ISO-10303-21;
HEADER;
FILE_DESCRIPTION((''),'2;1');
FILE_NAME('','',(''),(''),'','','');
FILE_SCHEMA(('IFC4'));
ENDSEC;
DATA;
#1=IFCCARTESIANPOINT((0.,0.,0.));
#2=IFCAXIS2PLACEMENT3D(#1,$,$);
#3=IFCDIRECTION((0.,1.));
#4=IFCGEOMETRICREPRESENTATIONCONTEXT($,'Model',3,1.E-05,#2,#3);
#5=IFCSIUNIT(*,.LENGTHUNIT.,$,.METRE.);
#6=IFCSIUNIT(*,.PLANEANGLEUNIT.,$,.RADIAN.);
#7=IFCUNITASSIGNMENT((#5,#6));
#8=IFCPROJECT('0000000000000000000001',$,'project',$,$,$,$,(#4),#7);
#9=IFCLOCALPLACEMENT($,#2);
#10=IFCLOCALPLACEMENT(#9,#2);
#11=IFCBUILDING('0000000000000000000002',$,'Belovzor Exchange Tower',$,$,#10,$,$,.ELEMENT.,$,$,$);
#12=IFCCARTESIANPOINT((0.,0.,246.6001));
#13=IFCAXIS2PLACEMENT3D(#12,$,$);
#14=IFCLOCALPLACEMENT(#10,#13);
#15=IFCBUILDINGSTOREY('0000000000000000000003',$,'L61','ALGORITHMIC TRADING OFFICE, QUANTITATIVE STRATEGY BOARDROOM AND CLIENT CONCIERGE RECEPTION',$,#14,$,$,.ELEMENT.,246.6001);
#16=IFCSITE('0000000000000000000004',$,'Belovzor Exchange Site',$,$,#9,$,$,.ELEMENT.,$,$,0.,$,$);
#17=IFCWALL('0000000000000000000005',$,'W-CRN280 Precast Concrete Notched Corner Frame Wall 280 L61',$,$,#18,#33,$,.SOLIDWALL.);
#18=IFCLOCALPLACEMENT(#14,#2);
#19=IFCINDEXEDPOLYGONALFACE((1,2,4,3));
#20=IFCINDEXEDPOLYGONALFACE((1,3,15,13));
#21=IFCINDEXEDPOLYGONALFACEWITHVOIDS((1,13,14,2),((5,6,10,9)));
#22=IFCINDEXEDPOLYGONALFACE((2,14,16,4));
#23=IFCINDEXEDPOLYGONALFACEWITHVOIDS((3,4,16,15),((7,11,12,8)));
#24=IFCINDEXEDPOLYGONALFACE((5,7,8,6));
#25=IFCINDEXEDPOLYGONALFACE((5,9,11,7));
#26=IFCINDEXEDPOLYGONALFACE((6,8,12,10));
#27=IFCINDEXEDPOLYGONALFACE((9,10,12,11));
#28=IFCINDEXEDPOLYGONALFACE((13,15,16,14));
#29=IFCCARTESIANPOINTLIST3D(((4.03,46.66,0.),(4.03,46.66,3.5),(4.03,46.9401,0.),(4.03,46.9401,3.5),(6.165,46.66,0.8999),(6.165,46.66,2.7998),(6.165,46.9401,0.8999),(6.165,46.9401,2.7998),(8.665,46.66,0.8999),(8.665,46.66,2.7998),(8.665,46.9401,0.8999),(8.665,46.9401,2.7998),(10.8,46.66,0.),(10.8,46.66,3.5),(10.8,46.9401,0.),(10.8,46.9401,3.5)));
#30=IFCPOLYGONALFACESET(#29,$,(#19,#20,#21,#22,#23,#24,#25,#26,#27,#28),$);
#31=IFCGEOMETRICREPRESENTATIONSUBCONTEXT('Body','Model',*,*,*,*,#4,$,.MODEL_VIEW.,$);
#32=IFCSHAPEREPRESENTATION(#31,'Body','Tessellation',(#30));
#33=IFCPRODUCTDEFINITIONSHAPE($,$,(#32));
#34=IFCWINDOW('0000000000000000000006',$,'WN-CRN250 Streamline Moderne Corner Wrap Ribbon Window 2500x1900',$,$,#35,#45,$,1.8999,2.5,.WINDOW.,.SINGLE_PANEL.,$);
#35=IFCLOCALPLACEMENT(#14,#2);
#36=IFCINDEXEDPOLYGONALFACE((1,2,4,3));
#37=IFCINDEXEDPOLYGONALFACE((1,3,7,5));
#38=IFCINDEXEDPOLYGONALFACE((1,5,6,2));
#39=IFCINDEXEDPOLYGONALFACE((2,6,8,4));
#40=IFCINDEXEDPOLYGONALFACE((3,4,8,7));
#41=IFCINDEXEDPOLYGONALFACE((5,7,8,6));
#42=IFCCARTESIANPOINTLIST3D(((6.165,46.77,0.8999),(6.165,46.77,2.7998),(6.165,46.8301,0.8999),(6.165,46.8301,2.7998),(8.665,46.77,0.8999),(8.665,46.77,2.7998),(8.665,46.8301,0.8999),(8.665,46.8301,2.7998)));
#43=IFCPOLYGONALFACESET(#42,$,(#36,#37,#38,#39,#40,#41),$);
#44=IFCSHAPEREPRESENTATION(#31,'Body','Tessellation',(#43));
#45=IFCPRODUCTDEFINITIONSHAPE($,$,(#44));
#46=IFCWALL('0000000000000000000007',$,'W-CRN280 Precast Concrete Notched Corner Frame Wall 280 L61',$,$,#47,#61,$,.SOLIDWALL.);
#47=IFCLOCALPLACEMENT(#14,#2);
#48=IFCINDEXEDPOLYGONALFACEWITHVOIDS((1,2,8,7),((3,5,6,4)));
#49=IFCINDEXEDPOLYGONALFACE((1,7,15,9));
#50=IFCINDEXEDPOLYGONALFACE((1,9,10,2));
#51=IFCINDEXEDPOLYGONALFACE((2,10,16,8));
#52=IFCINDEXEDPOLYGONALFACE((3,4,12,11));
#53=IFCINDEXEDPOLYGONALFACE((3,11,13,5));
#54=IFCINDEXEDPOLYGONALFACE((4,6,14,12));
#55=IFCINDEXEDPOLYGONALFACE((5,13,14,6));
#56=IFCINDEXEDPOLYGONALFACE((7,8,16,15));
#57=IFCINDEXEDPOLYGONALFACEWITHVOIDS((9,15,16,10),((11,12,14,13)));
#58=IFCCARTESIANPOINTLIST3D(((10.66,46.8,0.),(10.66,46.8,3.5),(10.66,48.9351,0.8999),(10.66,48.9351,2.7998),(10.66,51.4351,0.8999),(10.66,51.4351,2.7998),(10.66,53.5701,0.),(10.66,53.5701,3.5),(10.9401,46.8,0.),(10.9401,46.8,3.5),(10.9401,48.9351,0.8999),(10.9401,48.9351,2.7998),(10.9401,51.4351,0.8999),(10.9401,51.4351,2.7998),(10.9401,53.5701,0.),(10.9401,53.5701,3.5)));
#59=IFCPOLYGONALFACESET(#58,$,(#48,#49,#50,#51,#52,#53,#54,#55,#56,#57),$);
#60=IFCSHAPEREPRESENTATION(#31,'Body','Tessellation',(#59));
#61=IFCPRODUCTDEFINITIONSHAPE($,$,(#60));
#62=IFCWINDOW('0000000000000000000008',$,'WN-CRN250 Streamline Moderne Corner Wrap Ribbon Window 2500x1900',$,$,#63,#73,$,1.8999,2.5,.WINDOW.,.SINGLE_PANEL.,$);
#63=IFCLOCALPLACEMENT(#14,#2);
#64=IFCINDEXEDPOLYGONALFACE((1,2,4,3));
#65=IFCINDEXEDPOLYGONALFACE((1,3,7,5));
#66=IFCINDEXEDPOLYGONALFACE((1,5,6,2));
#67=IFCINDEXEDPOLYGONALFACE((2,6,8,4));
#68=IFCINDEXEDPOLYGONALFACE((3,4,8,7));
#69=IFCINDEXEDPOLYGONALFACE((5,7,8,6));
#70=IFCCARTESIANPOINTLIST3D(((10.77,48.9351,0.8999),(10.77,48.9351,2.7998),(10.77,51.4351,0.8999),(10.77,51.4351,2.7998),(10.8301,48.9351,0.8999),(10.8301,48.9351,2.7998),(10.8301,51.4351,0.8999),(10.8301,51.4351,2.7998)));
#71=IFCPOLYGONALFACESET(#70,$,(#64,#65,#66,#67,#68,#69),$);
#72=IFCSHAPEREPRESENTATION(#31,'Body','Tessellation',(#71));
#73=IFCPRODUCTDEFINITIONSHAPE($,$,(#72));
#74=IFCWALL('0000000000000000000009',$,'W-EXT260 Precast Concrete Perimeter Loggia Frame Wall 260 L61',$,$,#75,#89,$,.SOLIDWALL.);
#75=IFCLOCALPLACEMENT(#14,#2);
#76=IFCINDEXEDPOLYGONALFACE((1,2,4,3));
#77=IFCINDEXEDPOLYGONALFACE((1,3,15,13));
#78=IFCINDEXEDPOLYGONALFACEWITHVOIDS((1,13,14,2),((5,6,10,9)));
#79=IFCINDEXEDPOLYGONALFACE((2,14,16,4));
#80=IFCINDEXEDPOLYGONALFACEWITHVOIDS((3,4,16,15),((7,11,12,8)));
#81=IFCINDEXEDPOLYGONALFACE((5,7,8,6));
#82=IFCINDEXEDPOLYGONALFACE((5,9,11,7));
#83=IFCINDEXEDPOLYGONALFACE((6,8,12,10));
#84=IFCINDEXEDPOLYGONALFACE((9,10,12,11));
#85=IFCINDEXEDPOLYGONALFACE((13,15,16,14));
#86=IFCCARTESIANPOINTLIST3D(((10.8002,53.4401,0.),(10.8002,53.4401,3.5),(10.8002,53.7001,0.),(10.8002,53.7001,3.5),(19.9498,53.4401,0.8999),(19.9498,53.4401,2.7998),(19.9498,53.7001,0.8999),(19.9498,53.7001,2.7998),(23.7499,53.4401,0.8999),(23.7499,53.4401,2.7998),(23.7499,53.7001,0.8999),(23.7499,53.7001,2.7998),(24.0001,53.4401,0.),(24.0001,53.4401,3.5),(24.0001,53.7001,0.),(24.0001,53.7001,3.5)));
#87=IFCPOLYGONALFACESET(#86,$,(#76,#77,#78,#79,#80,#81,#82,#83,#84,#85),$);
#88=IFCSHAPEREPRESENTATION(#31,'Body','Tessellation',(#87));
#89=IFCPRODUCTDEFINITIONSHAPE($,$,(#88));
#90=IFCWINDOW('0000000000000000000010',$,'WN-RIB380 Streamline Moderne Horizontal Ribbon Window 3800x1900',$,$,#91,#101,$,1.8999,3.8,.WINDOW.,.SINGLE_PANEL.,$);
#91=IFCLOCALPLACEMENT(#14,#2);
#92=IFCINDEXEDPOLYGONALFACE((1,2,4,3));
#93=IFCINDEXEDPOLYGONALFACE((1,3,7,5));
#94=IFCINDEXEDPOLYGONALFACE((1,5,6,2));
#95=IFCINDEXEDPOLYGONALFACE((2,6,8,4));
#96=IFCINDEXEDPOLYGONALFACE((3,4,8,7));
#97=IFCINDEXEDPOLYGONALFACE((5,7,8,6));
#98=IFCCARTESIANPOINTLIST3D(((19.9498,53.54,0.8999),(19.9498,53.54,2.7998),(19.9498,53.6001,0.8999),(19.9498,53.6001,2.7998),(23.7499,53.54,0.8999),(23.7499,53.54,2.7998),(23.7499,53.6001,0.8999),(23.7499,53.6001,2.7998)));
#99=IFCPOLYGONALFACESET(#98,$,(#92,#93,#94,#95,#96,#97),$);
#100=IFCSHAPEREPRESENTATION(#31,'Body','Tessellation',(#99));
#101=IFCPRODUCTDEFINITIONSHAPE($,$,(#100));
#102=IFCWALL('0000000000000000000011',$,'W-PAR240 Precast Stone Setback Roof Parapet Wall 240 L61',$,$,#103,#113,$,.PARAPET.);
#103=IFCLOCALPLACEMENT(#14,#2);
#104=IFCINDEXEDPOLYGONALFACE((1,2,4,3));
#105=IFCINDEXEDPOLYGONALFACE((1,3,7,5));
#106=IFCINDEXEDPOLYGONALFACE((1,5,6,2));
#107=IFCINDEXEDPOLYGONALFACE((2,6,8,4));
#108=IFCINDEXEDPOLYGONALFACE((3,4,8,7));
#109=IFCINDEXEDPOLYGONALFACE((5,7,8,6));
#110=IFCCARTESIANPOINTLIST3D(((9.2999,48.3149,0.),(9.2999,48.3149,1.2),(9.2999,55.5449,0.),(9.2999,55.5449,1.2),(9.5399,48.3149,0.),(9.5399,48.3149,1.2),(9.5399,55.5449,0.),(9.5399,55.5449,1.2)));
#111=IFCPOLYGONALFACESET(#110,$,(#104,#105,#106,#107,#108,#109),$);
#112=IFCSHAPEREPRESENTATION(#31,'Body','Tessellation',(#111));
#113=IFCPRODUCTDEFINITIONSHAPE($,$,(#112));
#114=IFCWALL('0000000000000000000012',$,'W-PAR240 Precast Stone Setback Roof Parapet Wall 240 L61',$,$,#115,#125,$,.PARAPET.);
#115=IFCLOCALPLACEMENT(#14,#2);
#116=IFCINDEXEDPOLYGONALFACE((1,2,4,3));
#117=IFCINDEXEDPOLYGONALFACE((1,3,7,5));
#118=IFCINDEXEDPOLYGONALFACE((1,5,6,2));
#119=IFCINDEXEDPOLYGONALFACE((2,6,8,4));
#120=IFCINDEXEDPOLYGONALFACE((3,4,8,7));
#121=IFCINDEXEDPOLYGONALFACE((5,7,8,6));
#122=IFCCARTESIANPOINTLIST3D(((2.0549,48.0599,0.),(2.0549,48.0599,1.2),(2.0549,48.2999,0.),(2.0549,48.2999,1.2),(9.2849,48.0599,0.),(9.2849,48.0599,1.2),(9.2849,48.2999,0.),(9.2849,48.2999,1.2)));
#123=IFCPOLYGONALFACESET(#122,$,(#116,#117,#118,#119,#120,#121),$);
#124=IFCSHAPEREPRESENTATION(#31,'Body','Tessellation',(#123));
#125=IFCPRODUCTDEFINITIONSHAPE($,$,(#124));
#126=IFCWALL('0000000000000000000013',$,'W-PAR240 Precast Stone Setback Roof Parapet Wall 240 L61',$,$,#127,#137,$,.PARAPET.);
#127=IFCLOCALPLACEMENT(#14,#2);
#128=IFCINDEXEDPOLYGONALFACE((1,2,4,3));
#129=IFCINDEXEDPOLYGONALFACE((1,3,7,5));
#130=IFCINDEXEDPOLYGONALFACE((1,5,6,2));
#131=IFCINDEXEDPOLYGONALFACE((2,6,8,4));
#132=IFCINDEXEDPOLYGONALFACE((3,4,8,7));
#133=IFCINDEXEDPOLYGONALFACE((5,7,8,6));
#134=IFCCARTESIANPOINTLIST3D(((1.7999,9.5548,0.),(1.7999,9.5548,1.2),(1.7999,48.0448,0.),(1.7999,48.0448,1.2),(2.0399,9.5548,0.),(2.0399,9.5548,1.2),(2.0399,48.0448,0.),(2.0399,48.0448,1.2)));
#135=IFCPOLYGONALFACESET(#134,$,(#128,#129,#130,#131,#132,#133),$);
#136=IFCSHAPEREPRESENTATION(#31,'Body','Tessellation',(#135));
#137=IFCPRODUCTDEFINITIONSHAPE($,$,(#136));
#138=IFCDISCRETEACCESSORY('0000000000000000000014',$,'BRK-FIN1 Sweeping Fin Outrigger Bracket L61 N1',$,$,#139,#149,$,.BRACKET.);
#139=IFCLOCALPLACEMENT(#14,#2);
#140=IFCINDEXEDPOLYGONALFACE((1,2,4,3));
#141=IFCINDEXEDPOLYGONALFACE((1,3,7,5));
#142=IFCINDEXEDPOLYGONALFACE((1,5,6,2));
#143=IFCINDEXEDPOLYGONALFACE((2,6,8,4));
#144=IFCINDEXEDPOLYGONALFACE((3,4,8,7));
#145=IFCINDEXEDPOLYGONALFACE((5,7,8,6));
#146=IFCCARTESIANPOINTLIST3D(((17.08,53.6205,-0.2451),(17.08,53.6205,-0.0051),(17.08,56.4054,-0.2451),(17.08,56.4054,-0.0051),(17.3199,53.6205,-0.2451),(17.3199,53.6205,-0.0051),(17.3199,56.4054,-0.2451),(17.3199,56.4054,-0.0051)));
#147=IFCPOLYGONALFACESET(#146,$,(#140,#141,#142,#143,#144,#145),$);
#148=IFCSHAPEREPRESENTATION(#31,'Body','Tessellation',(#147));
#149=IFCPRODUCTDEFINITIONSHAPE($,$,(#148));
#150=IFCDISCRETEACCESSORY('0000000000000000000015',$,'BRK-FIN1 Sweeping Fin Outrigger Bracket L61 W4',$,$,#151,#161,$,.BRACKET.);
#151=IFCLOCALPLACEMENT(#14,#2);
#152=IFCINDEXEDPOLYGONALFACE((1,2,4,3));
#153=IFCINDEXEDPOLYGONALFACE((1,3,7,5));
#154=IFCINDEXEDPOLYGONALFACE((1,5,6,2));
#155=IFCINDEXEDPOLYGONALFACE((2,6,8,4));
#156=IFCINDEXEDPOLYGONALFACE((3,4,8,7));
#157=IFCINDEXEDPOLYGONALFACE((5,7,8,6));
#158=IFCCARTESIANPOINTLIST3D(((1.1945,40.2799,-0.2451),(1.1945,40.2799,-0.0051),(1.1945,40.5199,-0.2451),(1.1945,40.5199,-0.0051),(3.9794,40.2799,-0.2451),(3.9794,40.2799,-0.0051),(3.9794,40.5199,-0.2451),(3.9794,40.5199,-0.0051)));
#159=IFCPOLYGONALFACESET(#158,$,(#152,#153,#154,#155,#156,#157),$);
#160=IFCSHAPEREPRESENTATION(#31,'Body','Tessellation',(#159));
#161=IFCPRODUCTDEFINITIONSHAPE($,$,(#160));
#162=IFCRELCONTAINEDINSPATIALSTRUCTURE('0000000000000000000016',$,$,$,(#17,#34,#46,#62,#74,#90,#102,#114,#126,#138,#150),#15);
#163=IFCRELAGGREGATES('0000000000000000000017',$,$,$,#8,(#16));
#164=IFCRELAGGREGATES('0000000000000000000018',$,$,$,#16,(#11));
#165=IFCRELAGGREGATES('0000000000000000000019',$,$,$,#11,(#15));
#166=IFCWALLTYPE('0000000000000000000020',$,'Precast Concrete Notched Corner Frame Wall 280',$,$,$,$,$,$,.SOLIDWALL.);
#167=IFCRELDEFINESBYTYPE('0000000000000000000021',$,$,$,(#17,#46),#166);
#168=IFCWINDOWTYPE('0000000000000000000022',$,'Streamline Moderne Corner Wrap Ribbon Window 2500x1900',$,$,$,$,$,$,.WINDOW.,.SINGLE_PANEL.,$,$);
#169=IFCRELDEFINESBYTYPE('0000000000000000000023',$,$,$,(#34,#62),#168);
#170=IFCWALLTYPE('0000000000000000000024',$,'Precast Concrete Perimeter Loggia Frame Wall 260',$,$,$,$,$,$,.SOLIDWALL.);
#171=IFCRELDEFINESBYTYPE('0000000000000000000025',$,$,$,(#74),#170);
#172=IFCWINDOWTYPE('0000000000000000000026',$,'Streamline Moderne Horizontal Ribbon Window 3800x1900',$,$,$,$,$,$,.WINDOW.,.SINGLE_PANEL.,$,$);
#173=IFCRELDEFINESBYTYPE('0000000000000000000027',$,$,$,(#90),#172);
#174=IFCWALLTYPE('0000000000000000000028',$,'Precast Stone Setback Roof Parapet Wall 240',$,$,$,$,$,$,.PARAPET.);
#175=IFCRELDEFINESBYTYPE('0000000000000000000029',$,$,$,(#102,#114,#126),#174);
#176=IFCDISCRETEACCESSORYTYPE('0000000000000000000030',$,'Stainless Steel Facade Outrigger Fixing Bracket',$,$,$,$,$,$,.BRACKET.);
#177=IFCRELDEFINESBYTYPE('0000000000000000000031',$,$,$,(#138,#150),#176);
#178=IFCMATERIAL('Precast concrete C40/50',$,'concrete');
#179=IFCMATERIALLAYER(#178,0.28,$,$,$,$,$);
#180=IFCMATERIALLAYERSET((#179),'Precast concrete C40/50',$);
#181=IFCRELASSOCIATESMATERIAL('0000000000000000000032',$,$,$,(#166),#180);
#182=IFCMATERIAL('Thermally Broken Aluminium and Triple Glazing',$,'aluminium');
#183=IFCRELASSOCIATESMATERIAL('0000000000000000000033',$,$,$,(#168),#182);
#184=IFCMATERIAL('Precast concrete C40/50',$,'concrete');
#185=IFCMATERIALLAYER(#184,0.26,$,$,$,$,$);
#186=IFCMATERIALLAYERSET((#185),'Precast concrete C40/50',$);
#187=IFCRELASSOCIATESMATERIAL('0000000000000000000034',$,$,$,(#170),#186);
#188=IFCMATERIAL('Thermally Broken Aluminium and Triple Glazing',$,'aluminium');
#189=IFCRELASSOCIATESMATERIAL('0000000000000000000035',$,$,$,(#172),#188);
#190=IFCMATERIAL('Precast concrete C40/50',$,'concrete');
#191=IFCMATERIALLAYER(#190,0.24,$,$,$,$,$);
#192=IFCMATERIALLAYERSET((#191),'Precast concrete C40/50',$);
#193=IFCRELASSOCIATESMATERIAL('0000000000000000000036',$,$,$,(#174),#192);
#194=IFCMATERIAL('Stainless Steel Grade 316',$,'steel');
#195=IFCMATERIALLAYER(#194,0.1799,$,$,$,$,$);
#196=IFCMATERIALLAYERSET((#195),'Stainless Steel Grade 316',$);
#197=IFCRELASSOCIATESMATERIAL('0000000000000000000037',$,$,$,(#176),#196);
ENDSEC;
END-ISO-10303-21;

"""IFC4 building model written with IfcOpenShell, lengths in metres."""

from ifc_helpers import new_model, si_unit, direction, frame, frame_2d, origin, origin_2d, place, context, subcontext, project, spatial, rectangle, extrude, material, layer, layer_set, type_object, element, fill, save


model = new_model("IFC4")

# Units and contexts
model_context = context("Model", 3, precision=1e-05, world=origin(), true_north=direction((0.0, 1.0)))
body_context = subcontext(model_context, "Body", "Model", "MODEL_VIEW")
ifc_project = project(units=[si_unit("LENGTHUNIT", "METRE"), si_unit("PLANEANGLEUNIT", "RADIAN")], contexts=[model_context])

# Site, building, storey
site_placement = place(None, origin())
site = spatial("IfcSite", under=ifc_project, at=site_placement, Name="Belovzor Exchange Site", CompositionType="ELEMENT", RefElevation=0.0)
building_placement = place(site_placement, origin())
building = spatial("IfcBuilding", under=site, at=building_placement, Name="Belovzor Exchange Tower", CompositionType="ELEMENT")
storey_placement = place(building_placement, frame((0.0, 0.0, 246.6001)))
storey = spatial("IfcBuildingStorey", under=building, at=storey_placement, Name="L61", Description="ALGORITHMIC TRADING OFFICE, QUANTITATIVE STRATEGY BOARDROOM AND CLIENT CONCIERGE RECEPTION", CompositionType="ELEMENT", Elevation=246.6001)

# Walls, openings, windows
ifc_material_1 = material(Name="Precast concrete C40/50", Category="concrete")
ifc_layer_1 = layer(ifc_material_1, 0.28)
ifc_layer_set_1 = layer_set([ifc_layer_1], Name="Precast concrete C40/50")
wall_type_1 = type_object("IfcWallType", Name="Precast Concrete Notched Corner Frame Wall 280", PredefinedType="SOLIDWALL", material=ifc_layer_set_1)
wall_1_placement = place(storey_placement, frame((4.03, 46.8, 0.0), z_axis=(0.0, 0.0, 1.0), x_axis=(1.0, 0.0, 0.0)))
wall_1 = element("IfcWall", 1, at=wall_1_placement, inside=storey, type_object=wall_type_1, Name="W-CRN280 Precast Concrete Notched Corner Frame Wall 280 L61", PredefinedType="SOLIDWALL", context=body_context, shape_type="SweptSolid", body=[
    extrude(rectangle(XDim=6.77, YDim=0.28, at=frame_2d((3.385, 0.0))), origin(), (0.0, 0.0, 1.0), 3.5),
])
opening_1_placement = place(wall_1_placement, frame((2.135, 0.0, 0.8999)))
opening_1 = element("IfcOpeningElement", 2, at=opening_1_placement, cuts=wall_1, PredefinedType="OPENING", context=body_context, shape_type="SweptSolid", body=[
    extrude(rectangle(XDim=2.5, YDim=1.8999, at=frame_2d((1.25, 0.95))), frame((0.0, 0.1499, 0.0), z_axis=(0.0, -1.0, 0.0), x_axis=(1.0, 0.0, 0.0)), (0.0, 0.0, 1.0), 0.3),
])
ifc_material_2 = material(Name="Thermally Broken Aluminium and Triple Glazing", Category="aluminium")
window_type_1 = type_object("IfcWindowType", Name="Streamline Moderne Corner Wrap Ribbon Window 2500x1900", PartitioningType="SINGLE_PANEL", PredefinedType="WINDOW", material=ifc_material_2)
window_1_placement = place(opening_1_placement, origin())
window_1 = element("IfcWindow", 3, at=window_1_placement, inside=storey, type_object=window_type_1, Name="WN-CRN250 Streamline Moderne Corner Wrap Ribbon Window 2500x1900", OverallHeight=1.8999, OverallWidth=2.5, PartitioningType="SINGLE_PANEL", PredefinedType="WINDOW", context=body_context, shape_type="SweptSolid", body=[
    extrude(rectangle(XDim=2.5, YDim=1.8999, at=frame_2d((1.25, 0.95))), frame((0.0, 0.03, 0.0), z_axis=(0.0, -1.0, 0.0), x_axis=(1.0, 0.0, 0.0)), (0.0, 0.0, 1.0), 0.0601),
])
fill(opening_1, window_1)
wall_2_placement = place(storey_placement, frame((10.8, 46.8, 0.0), z_axis=(0.0, 0.0, 1.0), x_axis=(0.0, 1.0, 0.0)))
wall_2 = element("IfcWall", 4, at=wall_2_placement, inside=storey, type_object=wall_type_1, Name="W-CRN280 Precast Concrete Notched Corner Frame Wall 280 L61", PredefinedType="SOLIDWALL", context=body_context, shape_type="SweptSolid", body=[
    extrude(rectangle(XDim=6.77, YDim=0.28, at=frame_2d((3.385, 0.0))), origin(), (0.0, 0.0, 1.0), 3.5),
])
opening_2_placement = place(wall_2_placement, frame((2.135, 0.0, 0.8999)))
opening_2 = element("IfcOpeningElement", 5, at=opening_2_placement, cuts=wall_2, PredefinedType="OPENING", context=body_context, shape_type="SweptSolid", body=[
    extrude(rectangle(XDim=2.5, YDim=1.8999, at=frame_2d((1.25, 0.95))), frame((0.0, 0.1499, 0.0), z_axis=(0.0, -1.0, 0.0), x_axis=(1.0, 0.0, 0.0)), (0.0, 0.0, 1.0), 0.3),
])
window_2_placement = place(opening_2_placement, origin())
window_2 = element("IfcWindow", 6, at=window_2_placement, inside=storey, type_object=window_type_1, Name="WN-CRN250 Streamline Moderne Corner Wrap Ribbon Window 2500x1900", OverallHeight=1.8999, OverallWidth=2.5, PartitioningType="SINGLE_PANEL", PredefinedType="WINDOW", context=body_context, shape_type="SweptSolid", body=[
    extrude(rectangle(XDim=2.5, YDim=1.8999, at=frame_2d((1.25, 0.95))), frame((0.0, 0.03, 0.0), z_axis=(0.0, -1.0, 0.0), x_axis=(1.0, 0.0, 0.0)), (0.0, 0.0, 1.0), 0.0601),
])
fill(opening_2, window_2)
ifc_material_3 = material(Name="Precast concrete C40/50", Category="concrete")
ifc_layer_2 = layer(ifc_material_3, 0.26)
ifc_layer_set_2 = layer_set([ifc_layer_2], Name="Precast concrete C40/50")
wall_type_2 = type_object("IfcWallType", Name="Precast Concrete Perimeter Loggia Frame Wall 260", PredefinedType="SOLIDWALL", material=ifc_layer_set_2)
wall_3_placement = place(storey_placement, frame((10.8, 53.5701, 0.0), z_axis=(0.0, 0.0, 1.0), x_axis=(1.0, 0.0, 0.0)))
wall_3 = element("IfcWall", 7, at=wall_3_placement, inside=storey, type_object=wall_type_2, Name="W-EXT260 Precast Concrete Perimeter Loggia Frame Wall 260 L61", PredefinedType="SOLIDWALL", context=body_context, shape_type="SweptSolid", body=[
    extrude(rectangle(XDim=13.2, YDim=0.26, at=frame_2d((6.6001, 0.0))), origin(), (0.0, 0.0, 1.0), 3.5),
])
opening_3_placement = place(wall_3_placement, frame((9.1499, 0.0, 0.8999)))
opening_3 = element("IfcOpeningElement", 8, at=opening_3_placement, cuts=wall_3, PredefinedType="OPENING", context=body_context, shape_type="SweptSolid", body=[
    extrude(rectangle(XDim=3.8, YDim=1.8999, at=frame_2d((1.8999, 0.95))), frame((0.0, 0.1399, 0.0), z_axis=(0.0, -1.0, 0.0), x_axis=(1.0, 0.0, 0.0)), (0.0, 0.0, 1.0), 0.28),
])
ifc_material_4 = material(Name="Thermally Broken Aluminium and Triple Glazing", Category="aluminium")
window_type_2 = type_object("IfcWindowType", Name="Streamline Moderne Horizontal Ribbon Window 3800x1900", PartitioningType="SINGLE_PANEL", PredefinedType="WINDOW", material=ifc_material_4)
window_3_placement = place(opening_3_placement, origin())
window_3 = element("IfcWindow", 9, at=window_3_placement, inside=storey, type_object=window_type_2, Name="WN-RIB380 Streamline Moderne Horizontal Ribbon Window 3800x1900", OverallHeight=1.8999, OverallWidth=3.8, PartitioningType="SINGLE_PANEL", PredefinedType="WINDOW", context=body_context, shape_type="SweptSolid", body=[
    extrude(rectangle(XDim=3.8, YDim=1.8999, at=frame_2d((1.8999, 0.95))), frame((0.0, 0.03, 0.0), z_axis=(0.0, -1.0, 0.0), x_axis=(1.0, 0.0, 0.0)), (0.0, 0.0, 1.0), 0.0601),
])
fill(opening_3, window_3)

# Walls
ifc_material_5 = material(Name="Precast concrete C40/50", Category="concrete")
ifc_layer_3 = layer(ifc_material_5, 0.24)
ifc_layer_set_3 = layer_set([ifc_layer_3], Name="Precast concrete C40/50")
wall_type_3 = type_object("IfcWallType", Name="Precast Stone Setback Roof Parapet Wall 240", PredefinedType="PARAPET", material=ifc_layer_set_3)
for number, where, z_axis, x_axis, name in (
    (10, (9.4199, 55.5449, 0.0), (0.0, 0.0, 1.0), (0.0, -1.0, 0.0), "W-PAR240 Precast Stone Setback Roof Parapet Wall 240 L61"),
    (11, (9.2849, 48.1799, 0.0), (0.0, 0.0, 1.0), (-1.0, 0.0, 0.0), "W-PAR240 Precast Stone Setback Roof Parapet Wall 240 L61"),
):
    element("IfcWall", number, at=place(storey_placement, frame(where, z_axis=z_axis, x_axis=x_axis)), inside=storey, type_object=wall_type_3, Name=name, PredefinedType="PARAPET", context=body_context, shape_type="SweptSolid", body=[
        extrude(rectangle(XDim=7.23, YDim=0.24, at=frame_2d((3.615, 0.0))), origin(), (0.0, 0.0, 1.0), 1.2),
    ])
wall_4_placement = place(storey_placement, frame((1.9199, 48.0449, 0.0), z_axis=(0.0, 0.0, 1.0), x_axis=(0.0, -1.0, 0.0)))
element("IfcWall", 12, at=wall_4_placement, inside=storey, type_object=wall_type_3, Name="W-PAR240 Precast Stone Setback Roof Parapet Wall 240 L61", PredefinedType="PARAPET", context=body_context, shape_type="SweptSolid", body=[
    extrude(rectangle(XDim=38.49, YDim=0.24, at=frame_2d((19.2451, 0.0))), origin(), (0.0, 0.0, 1.0), 1.2),
])

# Discrete accessories
ifc_material_6 = material(Name="Stainless Steel Grade 316", Category="steel")
ifc_layer_4 = layer(ifc_material_6, 0.1799)
ifc_layer_set_4 = layer_set([ifc_layer_4], Name="Stainless Steel Grade 316")
discrete_accessory_type = type_object("IfcDiscreteAccessoryType", Name="Stainless Steel Facade Outrigger Fixing Bracket", PredefinedType="BRACKET", material=ifc_layer_set_4)
for number, where, z_axis, x_axis, name in (
    (13, (17.2, 55.0129, -0.2451), (0.0, 0.0, 1.0), (0.0, 1.0, 0.0), "BRK-FIN1 Sweeping Fin Outrigger Bracket L61 N1"),
    (14, (2.5869, 40.3999, -0.2451), (0.0, 0.0, 1.0), (1.0, 0.0, 0.0), "BRK-FIN1 Sweeping Fin Outrigger Bracket L61 W4"),
):
    element("IfcDiscreteAccessory", number, at=place(storey_placement, frame(where, z_axis=z_axis, x_axis=x_axis)), inside=storey, type_object=discrete_accessory_type, Name=name, PredefinedType="BRACKET", context=body_context, shape_type="SweptSolid", body=[
        extrude(rectangle(XDim=2.7849, YDim=0.24, at=origin_2d()), origin(), (0.0, 0.0, 1.0), 0.24),
    ])

save(model, "model.ifc")
